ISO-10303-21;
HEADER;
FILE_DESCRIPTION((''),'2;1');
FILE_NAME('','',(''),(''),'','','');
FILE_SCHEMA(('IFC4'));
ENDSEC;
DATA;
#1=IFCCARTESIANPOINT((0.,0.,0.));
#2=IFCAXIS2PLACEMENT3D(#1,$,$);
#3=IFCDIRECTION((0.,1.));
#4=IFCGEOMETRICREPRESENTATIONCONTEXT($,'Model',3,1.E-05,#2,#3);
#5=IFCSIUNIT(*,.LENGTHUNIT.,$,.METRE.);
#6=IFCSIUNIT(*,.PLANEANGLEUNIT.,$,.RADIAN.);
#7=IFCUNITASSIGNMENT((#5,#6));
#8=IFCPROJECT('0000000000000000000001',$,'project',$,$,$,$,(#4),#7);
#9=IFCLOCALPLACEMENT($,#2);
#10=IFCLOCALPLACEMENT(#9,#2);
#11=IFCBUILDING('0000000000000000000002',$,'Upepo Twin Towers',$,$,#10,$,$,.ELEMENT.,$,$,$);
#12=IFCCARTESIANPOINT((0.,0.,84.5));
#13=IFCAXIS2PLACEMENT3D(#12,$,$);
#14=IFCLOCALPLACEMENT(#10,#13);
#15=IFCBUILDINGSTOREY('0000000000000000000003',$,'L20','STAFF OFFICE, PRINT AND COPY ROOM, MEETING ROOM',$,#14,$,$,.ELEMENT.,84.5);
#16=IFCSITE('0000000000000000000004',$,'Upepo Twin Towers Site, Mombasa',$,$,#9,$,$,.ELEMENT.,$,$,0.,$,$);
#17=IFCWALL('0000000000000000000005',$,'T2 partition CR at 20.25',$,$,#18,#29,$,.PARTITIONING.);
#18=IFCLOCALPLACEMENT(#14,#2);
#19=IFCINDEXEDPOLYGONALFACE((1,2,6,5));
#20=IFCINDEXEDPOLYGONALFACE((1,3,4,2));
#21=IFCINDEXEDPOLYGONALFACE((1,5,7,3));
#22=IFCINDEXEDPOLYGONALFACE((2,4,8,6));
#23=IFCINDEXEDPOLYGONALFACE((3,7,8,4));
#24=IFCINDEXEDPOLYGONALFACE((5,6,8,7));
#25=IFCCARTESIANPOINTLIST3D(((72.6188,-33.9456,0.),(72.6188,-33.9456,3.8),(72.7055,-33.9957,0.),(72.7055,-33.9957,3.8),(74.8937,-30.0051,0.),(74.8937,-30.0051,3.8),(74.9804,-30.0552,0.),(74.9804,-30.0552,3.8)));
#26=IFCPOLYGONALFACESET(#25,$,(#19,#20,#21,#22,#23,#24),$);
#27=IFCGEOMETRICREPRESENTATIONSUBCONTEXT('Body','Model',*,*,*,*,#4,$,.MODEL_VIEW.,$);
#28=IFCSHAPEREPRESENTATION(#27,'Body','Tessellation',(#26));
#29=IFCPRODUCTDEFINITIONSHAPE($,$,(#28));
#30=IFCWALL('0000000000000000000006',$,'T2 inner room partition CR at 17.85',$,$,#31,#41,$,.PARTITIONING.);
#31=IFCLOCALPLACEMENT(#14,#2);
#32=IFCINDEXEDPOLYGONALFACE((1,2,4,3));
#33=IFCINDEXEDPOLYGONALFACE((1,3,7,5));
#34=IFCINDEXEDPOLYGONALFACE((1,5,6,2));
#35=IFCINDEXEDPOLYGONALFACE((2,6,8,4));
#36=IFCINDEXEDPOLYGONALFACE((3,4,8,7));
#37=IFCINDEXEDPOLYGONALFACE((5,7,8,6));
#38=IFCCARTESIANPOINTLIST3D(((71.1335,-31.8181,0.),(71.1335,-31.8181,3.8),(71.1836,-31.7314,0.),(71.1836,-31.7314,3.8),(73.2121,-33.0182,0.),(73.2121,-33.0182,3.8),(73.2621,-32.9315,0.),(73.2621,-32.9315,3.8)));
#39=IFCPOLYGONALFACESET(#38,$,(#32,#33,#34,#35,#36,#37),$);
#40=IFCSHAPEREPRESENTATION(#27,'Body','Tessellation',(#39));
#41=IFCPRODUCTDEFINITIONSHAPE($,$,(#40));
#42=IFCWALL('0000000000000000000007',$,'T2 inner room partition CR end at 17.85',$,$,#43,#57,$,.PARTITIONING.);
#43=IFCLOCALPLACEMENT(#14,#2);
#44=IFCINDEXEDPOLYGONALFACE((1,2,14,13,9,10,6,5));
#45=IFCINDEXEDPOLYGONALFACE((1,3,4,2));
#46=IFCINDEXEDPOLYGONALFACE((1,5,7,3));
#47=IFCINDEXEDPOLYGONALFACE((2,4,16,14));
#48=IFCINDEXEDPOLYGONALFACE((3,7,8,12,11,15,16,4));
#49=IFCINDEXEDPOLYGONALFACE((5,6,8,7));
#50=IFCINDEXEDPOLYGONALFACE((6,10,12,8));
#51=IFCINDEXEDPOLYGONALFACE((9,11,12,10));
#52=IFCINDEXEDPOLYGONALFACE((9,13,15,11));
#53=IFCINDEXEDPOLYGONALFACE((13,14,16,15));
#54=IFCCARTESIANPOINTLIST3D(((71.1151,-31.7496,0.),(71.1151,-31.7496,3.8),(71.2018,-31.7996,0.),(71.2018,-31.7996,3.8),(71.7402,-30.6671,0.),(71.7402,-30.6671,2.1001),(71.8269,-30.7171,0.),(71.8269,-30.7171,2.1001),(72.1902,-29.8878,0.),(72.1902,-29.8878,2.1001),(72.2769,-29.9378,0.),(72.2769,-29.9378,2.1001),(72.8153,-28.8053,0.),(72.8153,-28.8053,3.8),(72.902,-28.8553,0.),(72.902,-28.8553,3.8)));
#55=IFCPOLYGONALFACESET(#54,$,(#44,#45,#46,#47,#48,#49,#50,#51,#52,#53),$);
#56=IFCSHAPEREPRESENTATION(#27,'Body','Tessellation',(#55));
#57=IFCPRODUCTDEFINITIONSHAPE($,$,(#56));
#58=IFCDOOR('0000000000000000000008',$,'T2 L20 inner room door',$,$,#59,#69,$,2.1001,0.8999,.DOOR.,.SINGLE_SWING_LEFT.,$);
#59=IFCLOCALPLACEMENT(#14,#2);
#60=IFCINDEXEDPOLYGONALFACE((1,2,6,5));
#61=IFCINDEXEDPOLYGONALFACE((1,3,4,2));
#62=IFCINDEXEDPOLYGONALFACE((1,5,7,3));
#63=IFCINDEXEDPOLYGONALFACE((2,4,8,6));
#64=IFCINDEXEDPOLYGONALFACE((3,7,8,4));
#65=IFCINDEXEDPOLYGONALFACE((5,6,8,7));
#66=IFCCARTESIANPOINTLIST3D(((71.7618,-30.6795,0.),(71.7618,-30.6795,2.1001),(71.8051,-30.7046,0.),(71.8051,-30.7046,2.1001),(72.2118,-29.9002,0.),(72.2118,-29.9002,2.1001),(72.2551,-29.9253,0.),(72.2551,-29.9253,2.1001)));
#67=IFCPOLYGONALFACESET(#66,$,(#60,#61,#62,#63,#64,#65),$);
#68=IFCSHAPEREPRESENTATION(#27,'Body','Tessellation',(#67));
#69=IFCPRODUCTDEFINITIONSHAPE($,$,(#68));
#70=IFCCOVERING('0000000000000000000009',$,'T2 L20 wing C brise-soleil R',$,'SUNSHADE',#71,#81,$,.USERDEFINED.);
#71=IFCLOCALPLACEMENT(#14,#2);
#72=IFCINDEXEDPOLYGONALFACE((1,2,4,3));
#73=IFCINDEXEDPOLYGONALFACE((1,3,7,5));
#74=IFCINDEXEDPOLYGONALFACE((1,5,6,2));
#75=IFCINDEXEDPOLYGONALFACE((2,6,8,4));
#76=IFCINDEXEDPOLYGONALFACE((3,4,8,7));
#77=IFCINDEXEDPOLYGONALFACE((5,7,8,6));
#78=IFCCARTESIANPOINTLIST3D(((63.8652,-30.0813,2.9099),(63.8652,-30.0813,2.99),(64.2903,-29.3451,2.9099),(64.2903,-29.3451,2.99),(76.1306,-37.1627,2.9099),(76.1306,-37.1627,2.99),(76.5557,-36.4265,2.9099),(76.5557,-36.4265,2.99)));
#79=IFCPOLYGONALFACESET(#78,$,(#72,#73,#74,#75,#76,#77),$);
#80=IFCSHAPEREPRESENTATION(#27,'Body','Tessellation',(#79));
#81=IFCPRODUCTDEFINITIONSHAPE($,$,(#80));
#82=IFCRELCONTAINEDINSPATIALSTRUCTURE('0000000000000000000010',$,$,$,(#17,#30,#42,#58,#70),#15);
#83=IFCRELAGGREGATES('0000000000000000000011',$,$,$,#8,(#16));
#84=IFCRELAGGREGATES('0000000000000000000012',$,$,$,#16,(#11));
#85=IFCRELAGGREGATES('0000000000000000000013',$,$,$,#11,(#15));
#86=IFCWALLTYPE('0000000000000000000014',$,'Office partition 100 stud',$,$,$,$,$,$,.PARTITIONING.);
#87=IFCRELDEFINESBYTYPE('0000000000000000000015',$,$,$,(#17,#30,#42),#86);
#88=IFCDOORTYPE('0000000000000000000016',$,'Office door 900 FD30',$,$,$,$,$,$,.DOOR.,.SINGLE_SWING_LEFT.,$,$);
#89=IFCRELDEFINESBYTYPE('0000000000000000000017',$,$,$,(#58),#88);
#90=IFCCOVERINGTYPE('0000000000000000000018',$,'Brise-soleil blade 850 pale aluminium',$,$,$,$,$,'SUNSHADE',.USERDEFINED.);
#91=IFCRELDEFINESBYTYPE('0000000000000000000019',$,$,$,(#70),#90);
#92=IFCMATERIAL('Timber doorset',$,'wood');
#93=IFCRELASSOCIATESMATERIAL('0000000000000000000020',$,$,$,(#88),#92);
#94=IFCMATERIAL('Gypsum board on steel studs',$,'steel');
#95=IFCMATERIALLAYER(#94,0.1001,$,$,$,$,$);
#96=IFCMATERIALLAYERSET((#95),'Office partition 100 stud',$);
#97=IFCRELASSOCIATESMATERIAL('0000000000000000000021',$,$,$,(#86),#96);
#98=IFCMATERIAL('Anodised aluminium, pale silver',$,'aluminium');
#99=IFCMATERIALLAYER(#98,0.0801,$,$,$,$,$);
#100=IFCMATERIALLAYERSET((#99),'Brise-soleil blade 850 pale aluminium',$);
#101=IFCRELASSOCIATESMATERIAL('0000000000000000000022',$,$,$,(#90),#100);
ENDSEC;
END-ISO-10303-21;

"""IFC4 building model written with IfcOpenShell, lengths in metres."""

from ifc_helpers import new_model, si_unit, direction, frame, frame_2d, origin, origin_2d, place, context, subcontext, project, spatial, rectangle, extrude, material, layer, layer_set, type_object, element, fill, save


model = new_model("IFC4")

# Units and contexts
model_context = context("Model", 3, precision=1e-05, world=origin(), true_north=direction((0.0, 1.0)))
body_context = subcontext(model_context, "Body", "Model", "MODEL_VIEW")
ifc_project = project(units=[si_unit("LENGTHUNIT", "METRE"), si_unit("PLANEANGLEUNIT", "RADIAN")], contexts=[model_context])

# Site, building, storey
site_placement = place(None, origin())
site = spatial("IfcSite", under=ifc_project, at=site_placement, Name="Upepo Twin Towers Site, Mombasa", CompositionType="ELEMENT", RefElevation=0.0)
building_placement = place(site_placement, origin())
building = spatial("IfcBuilding", under=site, at=building_placement, Name="Upepo Twin Towers", CompositionType="ELEMENT")
storey_placement = place(building_placement, frame((0.0, 0.0, 84.5)))
storey = spatial("IfcBuildingStorey", under=building, at=storey_placement, Name="L20", Description="STAFF OFFICE, PRINT AND COPY ROOM, MEETING ROOM", CompositionType="ELEMENT", Elevation=84.5)

# Shared definitions
ifc_material_1 = material(Name="Timber doorset", Category="wood")
door_type = type_object("IfcDoorType", Name="Office door 900 FD30", OperationType="SINGLE_SWING_LEFT", PredefinedType="DOOR", material=ifc_material_1)

# Walls
ifc_material_2 = material(Name="Gypsum board on steel studs", Category="steel")
ifc_layer_1 = layer(ifc_material_2, 0.1001)
ifc_layer_set_1 = layer_set([ifc_layer_1], Name="Office partition 100 stud")
wall_type_1 = type_object("IfcWallType", Name="Office partition 100 stud", PredefinedType="PARTITIONING", material=ifc_layer_set_1)
for number, where, z_axis, x_axis, name in (
    (1, (74.937, -30.0303, 0.0), (0.0, 0.0, 1.0), (-0.499983, -0.866035, 0.0), "T2 partition CR at 20.25"),
):
    element("IfcWall", number, at=place(storey_placement, frame(where, z_axis=z_axis, x_axis=x_axis)), inside=storey, type_object=wall_type_1, Name=name, PredefinedType="PARTITIONING", context=body_context, shape_type="SweptSolid", body=[
        extrude(rectangle(XDim=4.55, YDim=0.1001, at=frame_2d((2.2749, 0.0))), origin(), (0.0, 0.0, 1.0), 3.8),
    ])
wall_1_placement = place(storey_placement, frame((71.1584, -31.7747, 0.0), z_axis=(0.0, 0.0, 1.0), x_axis=(0.866006, -0.500034, 0.0)))
element("IfcWall", 2, at=wall_1_placement, inside=storey, type_object=wall_type_1, Name="T2 inner room partition CR at 17.85", PredefinedType="PARTITIONING", context=body_context, shape_type="SweptSolid", body=[
    extrude(rectangle(XDim=2.4001, YDim=0.1001, at=frame_2d((1.2002, 0.0))), origin(), (0.0, 0.0, 1.0), 3.8),
])

# Wall, opening, door
wall_2_placement = place(storey_placement, frame((72.8586, -28.8303, 0.0), z_axis=(0.0, 0.0, 1.0), x_axis=(-0.500062, -0.865989, 0.0)))
wall_2 = element("IfcWall", 3, at=wall_2_placement, inside=storey, type_object=wall_type_1, Name="T2 inner room partition CR end at 17.85", PredefinedType="PARTITIONING", context=body_context, shape_type="SweptSolid", body=[
    extrude(rectangle(XDim=3.3999, YDim=0.1001, at=frame_2d((1.7, 0.0))), origin(), (0.0, 0.0, 1.0), 3.8),
])
opening_1_placement = place(wall_2_placement, frame((1.25, 0.0, 0.0)))
opening_1 = element("IfcOpeningElement", 4, at=opening_1_placement, cuts=wall_2, PredefinedType="OPENING", context=body_context, shape_type="SweptSolid", body=[
    extrude(rectangle(XDim=0.8999, YDim=2.1001, at=frame_2d((0.45, 1.05))), frame((0.0, 0.0601, 0.0), z_axis=(0.0, -1.0, 0.0), x_axis=(1.0, 0.0, 0.0)), (0.0, 0.0, 1.0), 0.1201),
])
door_1_placement = place(opening_1_placement, origin())
door_1 = element("IfcDoor", 5, at=door_1_placement, inside=storey, type_object=door_type, Name="T2 L20 inner room door", OperationType="SINGLE_SWING_LEFT", OverallHeight=2.1001, OverallWidth=0.8999, PredefinedType="DOOR", context=body_context, shape_type="SweptSolid", body=[
    extrude(rectangle(XDim=0.8999, YDim=2.1001, at=frame_2d((0.45, 1.05))), frame((0.0, 0.0249, 0.0), z_axis=(0.0, -1.0, 0.0), x_axis=(1.0, 0.0, 0.0)), (0.0, 0.0, 1.0), 0.05),
])
fill(opening_1, door_1)

# Covering
ifc_material_3 = material(Name="Anodised aluminium, pale silver", Category="aluminium")
ifc_layer_2 = layer(ifc_material_3, 0.0801)
ifc_layer_set_2 = layer_set([ifc_layer_2], Name="Brise-soleil blade 850 pale aluminium")
covering_type = type_object("IfcCoveringType", Name="Brise-soleil blade 850 pale aluminium", ElementType="SUNSHADE", PredefinedType="USERDEFINED", material=ifc_layer_set_2)
covering_placement = place(storey_placement, frame((70.2104, -33.2539, 2.9099), z_axis=(0.0, 0.0, 1.0), x_axis=(0.866025, -0.5, 0.0)))
element("IfcCovering", 6, at=covering_placement, inside=storey, type_object=covering_type, Name="T2 L20 wing C brise-soleil R", ObjectType="SUNSHADE", PredefinedType="USERDEFINED", context=body_context, shape_type="SweptSolid", body=[
    extrude(rectangle(XDim=14.1628, YDim=0.8501, at=origin_2d()), origin(), (0.0, 0.0, 1.0), 0.0801),
])

save(model, "model.ifc")
